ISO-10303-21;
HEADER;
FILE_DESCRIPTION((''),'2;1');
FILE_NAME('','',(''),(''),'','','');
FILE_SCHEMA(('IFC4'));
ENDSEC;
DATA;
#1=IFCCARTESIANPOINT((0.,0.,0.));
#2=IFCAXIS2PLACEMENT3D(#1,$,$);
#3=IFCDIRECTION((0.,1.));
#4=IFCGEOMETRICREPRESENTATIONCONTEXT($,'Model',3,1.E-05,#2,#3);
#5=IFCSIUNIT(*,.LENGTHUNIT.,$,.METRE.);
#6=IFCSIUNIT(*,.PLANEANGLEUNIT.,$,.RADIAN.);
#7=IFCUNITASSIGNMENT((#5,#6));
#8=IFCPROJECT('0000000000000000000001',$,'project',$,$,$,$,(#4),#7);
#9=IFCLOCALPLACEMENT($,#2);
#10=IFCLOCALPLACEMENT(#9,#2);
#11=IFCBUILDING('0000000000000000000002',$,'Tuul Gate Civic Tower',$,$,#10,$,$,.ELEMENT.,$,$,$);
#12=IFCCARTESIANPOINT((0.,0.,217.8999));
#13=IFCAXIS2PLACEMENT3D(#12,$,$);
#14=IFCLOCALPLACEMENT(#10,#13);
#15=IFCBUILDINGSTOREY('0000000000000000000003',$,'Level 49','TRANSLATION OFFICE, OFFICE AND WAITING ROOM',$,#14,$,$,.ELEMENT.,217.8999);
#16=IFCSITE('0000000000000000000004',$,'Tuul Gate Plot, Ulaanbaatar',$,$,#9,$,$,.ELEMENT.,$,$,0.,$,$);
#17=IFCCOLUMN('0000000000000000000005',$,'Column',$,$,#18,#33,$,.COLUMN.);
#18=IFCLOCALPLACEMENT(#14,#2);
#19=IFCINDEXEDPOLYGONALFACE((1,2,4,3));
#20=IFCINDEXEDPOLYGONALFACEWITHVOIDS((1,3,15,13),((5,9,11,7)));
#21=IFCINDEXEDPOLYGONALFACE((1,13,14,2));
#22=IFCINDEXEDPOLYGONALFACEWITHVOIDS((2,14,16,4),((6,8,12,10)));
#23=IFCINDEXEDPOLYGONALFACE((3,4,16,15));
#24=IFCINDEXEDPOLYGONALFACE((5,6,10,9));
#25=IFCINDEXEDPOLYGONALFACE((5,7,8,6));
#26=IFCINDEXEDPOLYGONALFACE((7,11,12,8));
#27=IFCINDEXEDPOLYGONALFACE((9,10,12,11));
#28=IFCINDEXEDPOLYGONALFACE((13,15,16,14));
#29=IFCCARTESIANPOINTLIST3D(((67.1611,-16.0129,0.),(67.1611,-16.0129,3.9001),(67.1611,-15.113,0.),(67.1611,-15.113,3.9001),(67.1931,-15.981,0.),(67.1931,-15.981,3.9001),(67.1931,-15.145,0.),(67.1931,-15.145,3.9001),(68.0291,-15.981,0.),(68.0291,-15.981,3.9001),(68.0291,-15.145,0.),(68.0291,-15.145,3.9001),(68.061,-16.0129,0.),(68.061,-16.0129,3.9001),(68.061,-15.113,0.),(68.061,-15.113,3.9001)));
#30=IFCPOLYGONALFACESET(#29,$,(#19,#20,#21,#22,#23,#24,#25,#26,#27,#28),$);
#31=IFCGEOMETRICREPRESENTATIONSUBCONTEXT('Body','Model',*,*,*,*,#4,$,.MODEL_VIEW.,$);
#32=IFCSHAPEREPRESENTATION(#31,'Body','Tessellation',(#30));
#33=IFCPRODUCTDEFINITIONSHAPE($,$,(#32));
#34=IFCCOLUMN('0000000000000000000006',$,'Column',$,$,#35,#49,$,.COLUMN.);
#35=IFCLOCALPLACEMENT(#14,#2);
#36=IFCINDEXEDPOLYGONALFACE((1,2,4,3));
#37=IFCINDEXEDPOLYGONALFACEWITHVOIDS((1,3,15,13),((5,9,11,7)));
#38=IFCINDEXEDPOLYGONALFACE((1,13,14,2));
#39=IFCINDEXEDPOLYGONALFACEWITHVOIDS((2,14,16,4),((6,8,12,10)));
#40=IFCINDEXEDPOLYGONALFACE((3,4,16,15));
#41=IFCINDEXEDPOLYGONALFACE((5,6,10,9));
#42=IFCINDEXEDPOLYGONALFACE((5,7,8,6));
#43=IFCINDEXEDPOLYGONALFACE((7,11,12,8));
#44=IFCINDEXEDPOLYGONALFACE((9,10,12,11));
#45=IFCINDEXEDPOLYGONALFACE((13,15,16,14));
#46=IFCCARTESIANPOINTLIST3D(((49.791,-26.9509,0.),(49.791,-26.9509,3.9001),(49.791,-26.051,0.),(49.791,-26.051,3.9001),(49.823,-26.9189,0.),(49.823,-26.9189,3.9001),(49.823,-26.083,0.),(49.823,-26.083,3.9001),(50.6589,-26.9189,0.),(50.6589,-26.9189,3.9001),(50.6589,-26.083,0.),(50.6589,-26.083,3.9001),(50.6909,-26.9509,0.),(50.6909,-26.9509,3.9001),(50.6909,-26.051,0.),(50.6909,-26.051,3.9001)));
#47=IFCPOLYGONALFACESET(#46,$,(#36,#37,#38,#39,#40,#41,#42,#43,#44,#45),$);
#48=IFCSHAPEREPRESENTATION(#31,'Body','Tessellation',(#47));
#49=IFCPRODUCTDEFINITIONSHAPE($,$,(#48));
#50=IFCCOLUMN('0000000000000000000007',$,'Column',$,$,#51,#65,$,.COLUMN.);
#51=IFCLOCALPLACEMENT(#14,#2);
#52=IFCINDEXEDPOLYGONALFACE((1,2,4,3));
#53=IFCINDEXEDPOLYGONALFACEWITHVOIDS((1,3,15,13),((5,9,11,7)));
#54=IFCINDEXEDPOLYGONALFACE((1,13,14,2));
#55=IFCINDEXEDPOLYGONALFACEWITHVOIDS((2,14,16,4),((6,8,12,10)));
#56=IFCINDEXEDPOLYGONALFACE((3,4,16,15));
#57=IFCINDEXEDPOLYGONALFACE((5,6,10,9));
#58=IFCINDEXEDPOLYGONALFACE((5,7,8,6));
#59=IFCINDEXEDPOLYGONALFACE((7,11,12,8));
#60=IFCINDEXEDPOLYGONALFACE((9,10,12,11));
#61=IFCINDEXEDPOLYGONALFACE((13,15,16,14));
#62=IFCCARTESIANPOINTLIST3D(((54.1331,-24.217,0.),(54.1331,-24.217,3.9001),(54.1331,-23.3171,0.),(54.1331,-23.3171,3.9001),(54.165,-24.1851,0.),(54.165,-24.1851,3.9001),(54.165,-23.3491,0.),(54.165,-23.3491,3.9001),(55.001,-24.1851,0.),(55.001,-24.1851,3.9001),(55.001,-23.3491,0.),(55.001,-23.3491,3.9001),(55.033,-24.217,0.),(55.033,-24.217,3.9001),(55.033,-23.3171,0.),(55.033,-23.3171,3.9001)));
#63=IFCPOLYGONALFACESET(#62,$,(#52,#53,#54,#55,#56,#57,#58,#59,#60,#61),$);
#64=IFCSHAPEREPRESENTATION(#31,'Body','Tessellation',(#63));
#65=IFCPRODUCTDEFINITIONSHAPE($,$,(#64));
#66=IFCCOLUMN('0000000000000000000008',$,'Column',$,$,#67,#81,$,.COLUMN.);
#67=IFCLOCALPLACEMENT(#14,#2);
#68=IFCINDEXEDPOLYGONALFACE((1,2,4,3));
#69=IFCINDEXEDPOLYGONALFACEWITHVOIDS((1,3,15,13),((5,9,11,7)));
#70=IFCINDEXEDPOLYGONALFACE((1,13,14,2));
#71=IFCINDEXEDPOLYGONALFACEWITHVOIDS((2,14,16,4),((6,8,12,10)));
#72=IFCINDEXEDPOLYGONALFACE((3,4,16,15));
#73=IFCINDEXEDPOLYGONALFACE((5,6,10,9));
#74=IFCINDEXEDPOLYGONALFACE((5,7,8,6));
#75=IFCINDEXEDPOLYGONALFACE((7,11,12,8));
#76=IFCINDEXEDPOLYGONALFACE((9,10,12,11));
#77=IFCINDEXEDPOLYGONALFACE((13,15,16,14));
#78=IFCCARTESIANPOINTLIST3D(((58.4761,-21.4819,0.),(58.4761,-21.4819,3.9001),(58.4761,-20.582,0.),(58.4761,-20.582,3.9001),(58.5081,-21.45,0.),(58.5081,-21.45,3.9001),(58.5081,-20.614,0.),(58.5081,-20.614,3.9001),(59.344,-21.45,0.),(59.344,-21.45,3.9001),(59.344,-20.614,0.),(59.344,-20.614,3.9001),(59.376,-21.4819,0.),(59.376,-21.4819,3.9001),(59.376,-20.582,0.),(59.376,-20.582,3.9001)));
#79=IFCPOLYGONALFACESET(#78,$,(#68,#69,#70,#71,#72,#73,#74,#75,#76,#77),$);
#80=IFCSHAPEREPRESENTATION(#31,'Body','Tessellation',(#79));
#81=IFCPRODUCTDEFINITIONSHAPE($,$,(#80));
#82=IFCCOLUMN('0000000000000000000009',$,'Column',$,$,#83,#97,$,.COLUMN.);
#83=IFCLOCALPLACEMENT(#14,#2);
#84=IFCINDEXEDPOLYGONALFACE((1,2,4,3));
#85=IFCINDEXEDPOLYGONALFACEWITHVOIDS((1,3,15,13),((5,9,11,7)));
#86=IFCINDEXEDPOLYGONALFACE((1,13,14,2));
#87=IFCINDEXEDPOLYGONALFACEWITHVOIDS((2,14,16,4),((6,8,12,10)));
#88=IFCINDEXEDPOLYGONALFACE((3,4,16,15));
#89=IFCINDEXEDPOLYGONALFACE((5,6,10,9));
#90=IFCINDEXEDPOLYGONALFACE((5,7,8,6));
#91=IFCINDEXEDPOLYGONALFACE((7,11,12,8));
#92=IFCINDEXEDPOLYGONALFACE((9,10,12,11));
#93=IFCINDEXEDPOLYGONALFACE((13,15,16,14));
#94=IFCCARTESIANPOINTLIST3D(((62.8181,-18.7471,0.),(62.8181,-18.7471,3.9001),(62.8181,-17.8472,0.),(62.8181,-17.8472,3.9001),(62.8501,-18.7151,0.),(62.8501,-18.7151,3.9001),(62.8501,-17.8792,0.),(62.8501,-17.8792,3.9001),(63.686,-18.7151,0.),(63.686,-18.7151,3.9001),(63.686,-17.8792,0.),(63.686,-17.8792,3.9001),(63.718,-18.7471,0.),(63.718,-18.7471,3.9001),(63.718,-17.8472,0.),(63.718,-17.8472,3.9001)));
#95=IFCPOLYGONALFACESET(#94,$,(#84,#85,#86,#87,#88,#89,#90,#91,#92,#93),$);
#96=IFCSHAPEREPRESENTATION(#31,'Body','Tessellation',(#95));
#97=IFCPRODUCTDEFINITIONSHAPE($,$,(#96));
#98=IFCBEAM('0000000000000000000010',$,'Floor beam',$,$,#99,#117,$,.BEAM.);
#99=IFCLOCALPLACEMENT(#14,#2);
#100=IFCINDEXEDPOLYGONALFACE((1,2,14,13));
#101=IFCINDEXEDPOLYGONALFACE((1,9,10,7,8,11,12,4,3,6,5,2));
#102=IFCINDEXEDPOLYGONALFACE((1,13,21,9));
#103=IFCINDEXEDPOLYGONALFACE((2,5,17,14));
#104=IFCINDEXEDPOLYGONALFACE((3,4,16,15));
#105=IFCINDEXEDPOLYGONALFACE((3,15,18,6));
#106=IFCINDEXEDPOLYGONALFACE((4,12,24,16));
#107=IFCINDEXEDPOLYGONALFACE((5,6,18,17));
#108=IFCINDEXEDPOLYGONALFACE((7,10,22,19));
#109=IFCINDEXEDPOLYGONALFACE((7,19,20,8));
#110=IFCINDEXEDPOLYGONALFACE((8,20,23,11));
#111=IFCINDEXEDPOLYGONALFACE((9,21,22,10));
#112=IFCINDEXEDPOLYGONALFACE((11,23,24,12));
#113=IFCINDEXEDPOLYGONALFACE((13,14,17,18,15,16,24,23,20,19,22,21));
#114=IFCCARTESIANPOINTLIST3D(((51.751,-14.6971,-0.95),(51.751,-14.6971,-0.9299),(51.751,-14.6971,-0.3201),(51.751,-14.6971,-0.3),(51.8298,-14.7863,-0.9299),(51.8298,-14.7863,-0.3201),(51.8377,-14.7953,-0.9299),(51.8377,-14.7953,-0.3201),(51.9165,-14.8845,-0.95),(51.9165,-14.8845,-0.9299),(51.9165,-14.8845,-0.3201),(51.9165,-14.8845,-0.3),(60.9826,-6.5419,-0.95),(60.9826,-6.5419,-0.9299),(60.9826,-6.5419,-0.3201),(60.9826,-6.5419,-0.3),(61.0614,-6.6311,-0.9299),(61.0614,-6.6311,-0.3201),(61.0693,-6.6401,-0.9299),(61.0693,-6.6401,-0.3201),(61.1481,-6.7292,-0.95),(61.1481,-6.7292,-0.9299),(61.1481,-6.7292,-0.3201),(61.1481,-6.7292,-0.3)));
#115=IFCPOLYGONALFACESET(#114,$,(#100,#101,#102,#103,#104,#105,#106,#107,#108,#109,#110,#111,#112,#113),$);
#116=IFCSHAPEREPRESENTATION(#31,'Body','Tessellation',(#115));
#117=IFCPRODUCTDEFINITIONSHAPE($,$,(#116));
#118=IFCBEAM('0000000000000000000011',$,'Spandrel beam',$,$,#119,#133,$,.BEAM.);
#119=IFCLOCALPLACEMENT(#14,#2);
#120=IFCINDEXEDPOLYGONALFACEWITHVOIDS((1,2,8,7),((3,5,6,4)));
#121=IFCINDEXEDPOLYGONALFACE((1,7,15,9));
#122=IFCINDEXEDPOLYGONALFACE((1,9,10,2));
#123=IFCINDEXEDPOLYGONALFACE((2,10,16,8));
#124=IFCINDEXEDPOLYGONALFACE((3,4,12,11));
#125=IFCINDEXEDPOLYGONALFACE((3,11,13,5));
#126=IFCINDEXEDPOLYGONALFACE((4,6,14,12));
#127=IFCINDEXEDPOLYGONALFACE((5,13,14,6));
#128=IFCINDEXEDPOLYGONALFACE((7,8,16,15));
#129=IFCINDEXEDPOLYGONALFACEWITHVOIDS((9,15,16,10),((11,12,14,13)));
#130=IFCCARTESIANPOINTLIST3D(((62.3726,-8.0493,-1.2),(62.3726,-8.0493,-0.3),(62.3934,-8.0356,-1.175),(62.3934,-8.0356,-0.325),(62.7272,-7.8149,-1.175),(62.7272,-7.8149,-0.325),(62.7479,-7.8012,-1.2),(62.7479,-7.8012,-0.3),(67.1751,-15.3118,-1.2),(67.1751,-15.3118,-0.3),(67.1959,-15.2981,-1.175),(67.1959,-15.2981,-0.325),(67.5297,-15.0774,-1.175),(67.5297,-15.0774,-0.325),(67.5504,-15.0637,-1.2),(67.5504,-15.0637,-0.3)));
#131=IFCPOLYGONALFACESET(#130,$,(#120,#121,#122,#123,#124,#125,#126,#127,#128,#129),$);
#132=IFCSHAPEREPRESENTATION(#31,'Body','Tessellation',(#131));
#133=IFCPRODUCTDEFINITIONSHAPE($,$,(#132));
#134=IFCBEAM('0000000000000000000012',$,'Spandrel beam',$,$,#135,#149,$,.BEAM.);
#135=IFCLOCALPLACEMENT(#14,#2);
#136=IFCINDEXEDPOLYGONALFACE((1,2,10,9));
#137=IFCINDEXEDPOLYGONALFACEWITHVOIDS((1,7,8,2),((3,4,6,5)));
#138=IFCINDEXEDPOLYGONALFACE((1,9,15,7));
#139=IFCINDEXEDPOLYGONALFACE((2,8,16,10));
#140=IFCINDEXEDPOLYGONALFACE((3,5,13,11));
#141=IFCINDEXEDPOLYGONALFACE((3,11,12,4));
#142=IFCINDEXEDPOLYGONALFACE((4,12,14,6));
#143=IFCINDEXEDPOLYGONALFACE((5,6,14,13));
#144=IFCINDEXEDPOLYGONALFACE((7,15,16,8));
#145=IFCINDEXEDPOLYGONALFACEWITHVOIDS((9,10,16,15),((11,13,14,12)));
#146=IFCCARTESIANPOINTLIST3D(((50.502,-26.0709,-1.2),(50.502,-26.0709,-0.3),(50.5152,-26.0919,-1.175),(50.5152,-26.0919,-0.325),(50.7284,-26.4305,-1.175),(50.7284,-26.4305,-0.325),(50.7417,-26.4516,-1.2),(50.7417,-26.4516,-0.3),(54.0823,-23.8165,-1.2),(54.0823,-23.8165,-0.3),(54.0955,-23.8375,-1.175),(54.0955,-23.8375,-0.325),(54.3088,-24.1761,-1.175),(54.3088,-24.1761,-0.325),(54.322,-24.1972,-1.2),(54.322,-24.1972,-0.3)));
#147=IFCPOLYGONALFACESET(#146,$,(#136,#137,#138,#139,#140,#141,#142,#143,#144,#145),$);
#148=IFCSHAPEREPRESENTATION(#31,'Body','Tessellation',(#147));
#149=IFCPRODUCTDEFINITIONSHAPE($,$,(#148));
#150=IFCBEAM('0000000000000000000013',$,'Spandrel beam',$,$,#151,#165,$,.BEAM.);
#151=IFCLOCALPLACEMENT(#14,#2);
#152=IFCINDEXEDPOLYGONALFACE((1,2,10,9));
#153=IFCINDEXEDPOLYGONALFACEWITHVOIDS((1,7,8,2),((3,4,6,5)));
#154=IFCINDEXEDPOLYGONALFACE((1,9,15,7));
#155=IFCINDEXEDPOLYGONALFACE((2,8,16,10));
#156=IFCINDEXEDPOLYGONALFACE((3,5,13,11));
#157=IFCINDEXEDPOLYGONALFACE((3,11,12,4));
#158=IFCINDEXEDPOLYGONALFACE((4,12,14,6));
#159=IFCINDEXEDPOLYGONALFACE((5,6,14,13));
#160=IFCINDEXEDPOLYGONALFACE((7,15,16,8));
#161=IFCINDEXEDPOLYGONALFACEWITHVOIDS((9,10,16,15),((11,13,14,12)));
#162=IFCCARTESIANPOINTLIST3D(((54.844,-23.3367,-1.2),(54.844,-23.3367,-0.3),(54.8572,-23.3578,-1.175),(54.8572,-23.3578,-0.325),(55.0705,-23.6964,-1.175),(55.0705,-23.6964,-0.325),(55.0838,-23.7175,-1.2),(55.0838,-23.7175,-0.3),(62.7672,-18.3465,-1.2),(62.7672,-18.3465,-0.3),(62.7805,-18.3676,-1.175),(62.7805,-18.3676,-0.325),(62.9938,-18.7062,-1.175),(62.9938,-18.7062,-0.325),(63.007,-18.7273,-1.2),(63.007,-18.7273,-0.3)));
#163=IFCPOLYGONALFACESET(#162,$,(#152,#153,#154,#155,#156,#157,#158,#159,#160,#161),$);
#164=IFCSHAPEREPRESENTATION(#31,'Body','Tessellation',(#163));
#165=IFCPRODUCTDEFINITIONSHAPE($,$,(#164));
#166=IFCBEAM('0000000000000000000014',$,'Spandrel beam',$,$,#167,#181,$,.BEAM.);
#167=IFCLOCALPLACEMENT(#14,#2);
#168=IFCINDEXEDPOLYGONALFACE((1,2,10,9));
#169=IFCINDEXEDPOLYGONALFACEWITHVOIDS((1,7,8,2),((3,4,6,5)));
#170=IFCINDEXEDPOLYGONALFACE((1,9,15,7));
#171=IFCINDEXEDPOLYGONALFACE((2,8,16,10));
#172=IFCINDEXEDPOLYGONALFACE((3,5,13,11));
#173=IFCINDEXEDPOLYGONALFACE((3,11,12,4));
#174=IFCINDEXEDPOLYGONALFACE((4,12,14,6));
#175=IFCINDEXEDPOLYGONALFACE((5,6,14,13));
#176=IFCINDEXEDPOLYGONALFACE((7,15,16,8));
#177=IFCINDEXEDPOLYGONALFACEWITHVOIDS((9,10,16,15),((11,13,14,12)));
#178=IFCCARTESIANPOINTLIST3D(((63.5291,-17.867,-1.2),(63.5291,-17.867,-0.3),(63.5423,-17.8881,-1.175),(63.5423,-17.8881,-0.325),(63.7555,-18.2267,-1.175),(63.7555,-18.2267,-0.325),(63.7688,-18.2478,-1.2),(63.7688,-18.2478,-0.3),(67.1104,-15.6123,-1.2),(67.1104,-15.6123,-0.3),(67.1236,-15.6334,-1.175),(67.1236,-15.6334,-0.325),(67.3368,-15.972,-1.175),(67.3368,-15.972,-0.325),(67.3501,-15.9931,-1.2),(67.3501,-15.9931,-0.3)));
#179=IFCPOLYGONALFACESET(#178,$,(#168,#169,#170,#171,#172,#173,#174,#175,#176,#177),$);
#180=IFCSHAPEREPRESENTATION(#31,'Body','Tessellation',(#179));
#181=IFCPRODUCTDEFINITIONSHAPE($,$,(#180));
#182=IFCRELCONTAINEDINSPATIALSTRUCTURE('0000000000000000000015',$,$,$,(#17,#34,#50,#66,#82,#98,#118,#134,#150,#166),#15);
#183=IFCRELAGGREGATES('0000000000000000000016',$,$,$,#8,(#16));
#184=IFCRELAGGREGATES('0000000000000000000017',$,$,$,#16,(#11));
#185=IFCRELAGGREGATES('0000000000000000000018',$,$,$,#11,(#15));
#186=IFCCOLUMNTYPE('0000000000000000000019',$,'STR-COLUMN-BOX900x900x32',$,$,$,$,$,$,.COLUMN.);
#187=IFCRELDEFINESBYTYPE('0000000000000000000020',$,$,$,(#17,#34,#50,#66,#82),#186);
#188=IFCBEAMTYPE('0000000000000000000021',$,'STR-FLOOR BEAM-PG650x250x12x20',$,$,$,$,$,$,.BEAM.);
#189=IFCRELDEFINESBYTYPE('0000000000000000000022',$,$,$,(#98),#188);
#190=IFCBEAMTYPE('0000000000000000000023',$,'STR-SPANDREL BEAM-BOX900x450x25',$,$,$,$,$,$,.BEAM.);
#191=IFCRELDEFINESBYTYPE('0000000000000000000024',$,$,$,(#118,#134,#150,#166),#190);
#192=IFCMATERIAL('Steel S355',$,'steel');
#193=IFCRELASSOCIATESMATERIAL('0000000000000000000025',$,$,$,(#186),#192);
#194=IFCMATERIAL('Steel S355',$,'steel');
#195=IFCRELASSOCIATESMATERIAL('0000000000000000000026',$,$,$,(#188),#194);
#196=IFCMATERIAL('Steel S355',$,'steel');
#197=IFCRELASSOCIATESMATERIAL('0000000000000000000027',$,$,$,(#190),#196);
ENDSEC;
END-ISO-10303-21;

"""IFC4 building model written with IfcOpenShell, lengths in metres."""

from ifc_helpers import new_model, si_unit, direction, frame, origin, origin_2d, place, context, subcontext, project, spatial, hollow_rectangle, i_section, extrude, material, material_profile, profile_set, type_object, element, save


model = new_model("IFC4")

# Units and contexts
model_context = context("Model", 3, precision=1e-05, world=origin(), true_north=direction((0.0, 1.0)))
body_context = subcontext(model_context, "Body", "Model", "MODEL_VIEW")
ifc_project = project(units=[si_unit("LENGTHUNIT", "METRE"), si_unit("PLANEANGLEUNIT", "RADIAN")], contexts=[model_context])

# Site, building, storey
site_placement = place(None, origin())
site = spatial("IfcSite", under=ifc_project, at=site_placement, Name="Tuul Gate Plot, Ulaanbaatar", CompositionType="ELEMENT", RefElevation=0.0)
building_placement = place(site_placement, origin())
building = spatial("IfcBuilding", under=site, at=building_placement, Name="Tuul Gate Civic Tower", CompositionType="ELEMENT")
storey_placement = place(building_placement, frame((0.0, 0.0, 217.8999)))
storey = spatial("IfcBuildingStorey", under=building, at=storey_placement, Name="Level 49", Description="TRANSLATION OFFICE, OFFICE AND WAITING ROOM", CompositionType="ELEMENT", Elevation=217.8999)

# Columns
ifc_material_1 = material(Name="Steel S355", Category="steel")
ifc_material_profile_1 = material_profile(ifc_material_1, hollow_rectangle(XDim=0.8999, YDim=0.8999, WallThickness=0.032, at=origin_2d()), Name="BOX900x900x32")
ifc_profile_set_1 = profile_set([ifc_material_profile_1], Name="Steel S355")
column_type = type_object("IfcColumnType", Name="STR-COLUMN-BOX900x900x32", PredefinedType="COLUMN", material=ifc_profile_set_1)
for number, where, z_axis, x_axis, name in (
    (1, (67.6111, -15.563, 0.0), (0.0, 0.0, 1.0), (1.0, 0.0, 0.0), "Column"),
    (2, (50.241, -26.501, 0.0), (0.0, 0.0, 1.0), (1.0, 0.0, 0.0), "Column"),
    (3, (54.583, -23.7671, 0.0), (0.0, 0.0, 1.0), (1.0, 0.0, 0.0), "Column"),
    (4, (58.926, -21.032, 0.0), (0.0, 0.0, 1.0), (1.0, 0.0, 0.0), "Column"),
    (5, (63.2681, -18.2971, 0.0), (0.0, 0.0, 1.0), (1.0, 0.0, 0.0), "Column"),
):
    element("IfcColumn", number, at=place(storey_placement, frame(where, z_axis=z_axis, x_axis=x_axis)), inside=storey, type_object=column_type, Name=name, PredefinedType="COLUMN", context=body_context, shape_type="SweptSolid", body=[
        extrude(hollow_rectangle(XDim=0.8999, YDim=0.8999, WallThickness=0.032, at=origin_2d()), origin(), (0.0, 0.0, 1.0), 3.9001),
    ])

# Beams
ifc_material_2 = material(Name="Steel S355", Category="steel")
ifc_material_profile_2 = material_profile(ifc_material_2, i_section(OverallWidth=0.25, OverallDepth=0.6499, WebThickness=0.012, FlangeThickness=0.02, at=origin_2d()), Name="PG650x250x12x20")
ifc_profile_set_2 = profile_set([ifc_material_profile_2], Name="Steel S355")
beam_type_1 = type_object("IfcBeamType", Name="STR-FLOOR BEAM-PG650x250x12x20", PredefinedType="BEAM", material=ifc_profile_set_2)
beam_1_placement = place(storey_placement, frame((51.8337, -14.7908, -0.625), z_axis=(0.749448, 0.662063, 0.0), x_axis=(-0.662063, 0.749448, 0.0)))
element("IfcBeam", 6, at=beam_1_placement, inside=storey, type_object=beam_type_1, Name="Floor beam", PredefinedType="BEAM", context=body_context, shape_type="SweptSolid", body=[
    extrude(i_section(OverallWidth=0.25, OverallDepth=0.6499, WebThickness=0.012, FlangeThickness=0.02, at=origin_2d()), origin(), (0.0, 0.0, 1.0), 12.3179),
])
ifc_material_3 = material(Name="Steel S355", Category="steel")
ifc_material_profile_3 = material_profile(ifc_material_3, hollow_rectangle(XDim=0.45, YDim=0.8999, WallThickness=0.0249, at=origin_2d()), Name="BOX900x450x25")
ifc_profile_set_3 = profile_set([ifc_material_profile_3], Name="Steel S355")
beam_type_2 = type_object("IfcBeamType", Name="STR-SPANDREL BEAM-BOX900x450x25", PredefinedType="BEAM", material=ifc_profile_set_3)
beam_2_placement = place(storey_placement, frame((67.3628, -15.1877, -0.75), z_axis=(-0.551584, 0.834119, 0.0), x_axis=(-0.834119, -0.551584, 0.0)))
element("IfcBeam", 7, at=beam_2_placement, inside=storey, type_object=beam_type_2, Name="Spandrel beam", PredefinedType="BEAM", context=body_context, shape_type="SweptSolid", body=[
    extrude(hollow_rectangle(XDim=0.45, YDim=0.8999, WallThickness=0.0249, at=origin_2d()), origin(), (0.0, 0.0, 1.0), 8.7068),
])
beam_3_placement = place(storey_placement, frame((50.6218, -26.2612, -0.75), z_axis=(0.84622, 0.532833, 0.0), x_axis=(-0.532833, 0.84622, 0.0)))
element("IfcBeam", 8, at=beam_3_placement, inside=storey, type_object=beam_type_2, Name="Spandrel beam", PredefinedType="BEAM", context=body_context, shape_type="SweptSolid", body=[
    extrude(hollow_rectangle(XDim=0.45, YDim=0.8999, WallThickness=0.0249, at=origin_2d()), origin(), (0.0, 0.0, 1.0), 4.231),
])
beam_4_placement = place(storey_placement, frame((54.9639, -23.5271, -0.75), z_axis=(0.846162, 0.532925, 0.0), x_axis=(-0.532925, 0.846162, 0.0)))
element("IfcBeam", 9, at=beam_4_placement, inside=storey, type_object=beam_type_2, Name="Spandrel beam", PredefinedType="BEAM", context=body_context, shape_type="SweptSolid", body=[
    extrude(hollow_rectangle(XDim=0.45, YDim=0.8999, WallThickness=0.0249, at=origin_2d()), origin(), (0.0, 0.0, 1.0), 9.3638),
])
beam_5_placement = place(storey_placement, frame((63.6489, -18.0574, -0.75), z_axis=(0.84626, 0.53277, 0.0), x_axis=(-0.53277, 0.84626, 0.0)))
element("IfcBeam", 10, at=beam_5_placement, inside=storey, type_object=beam_type_2, Name="Spandrel beam", PredefinedType="BEAM", context=body_context, shape_type="SweptSolid", body=[
    extrude(hollow_rectangle(XDim=0.45, YDim=0.8999, WallThickness=0.0249, at=origin_2d()), origin(), (0.0, 0.0, 1.0), 4.2319),
])

save(model, "model.ifc")
